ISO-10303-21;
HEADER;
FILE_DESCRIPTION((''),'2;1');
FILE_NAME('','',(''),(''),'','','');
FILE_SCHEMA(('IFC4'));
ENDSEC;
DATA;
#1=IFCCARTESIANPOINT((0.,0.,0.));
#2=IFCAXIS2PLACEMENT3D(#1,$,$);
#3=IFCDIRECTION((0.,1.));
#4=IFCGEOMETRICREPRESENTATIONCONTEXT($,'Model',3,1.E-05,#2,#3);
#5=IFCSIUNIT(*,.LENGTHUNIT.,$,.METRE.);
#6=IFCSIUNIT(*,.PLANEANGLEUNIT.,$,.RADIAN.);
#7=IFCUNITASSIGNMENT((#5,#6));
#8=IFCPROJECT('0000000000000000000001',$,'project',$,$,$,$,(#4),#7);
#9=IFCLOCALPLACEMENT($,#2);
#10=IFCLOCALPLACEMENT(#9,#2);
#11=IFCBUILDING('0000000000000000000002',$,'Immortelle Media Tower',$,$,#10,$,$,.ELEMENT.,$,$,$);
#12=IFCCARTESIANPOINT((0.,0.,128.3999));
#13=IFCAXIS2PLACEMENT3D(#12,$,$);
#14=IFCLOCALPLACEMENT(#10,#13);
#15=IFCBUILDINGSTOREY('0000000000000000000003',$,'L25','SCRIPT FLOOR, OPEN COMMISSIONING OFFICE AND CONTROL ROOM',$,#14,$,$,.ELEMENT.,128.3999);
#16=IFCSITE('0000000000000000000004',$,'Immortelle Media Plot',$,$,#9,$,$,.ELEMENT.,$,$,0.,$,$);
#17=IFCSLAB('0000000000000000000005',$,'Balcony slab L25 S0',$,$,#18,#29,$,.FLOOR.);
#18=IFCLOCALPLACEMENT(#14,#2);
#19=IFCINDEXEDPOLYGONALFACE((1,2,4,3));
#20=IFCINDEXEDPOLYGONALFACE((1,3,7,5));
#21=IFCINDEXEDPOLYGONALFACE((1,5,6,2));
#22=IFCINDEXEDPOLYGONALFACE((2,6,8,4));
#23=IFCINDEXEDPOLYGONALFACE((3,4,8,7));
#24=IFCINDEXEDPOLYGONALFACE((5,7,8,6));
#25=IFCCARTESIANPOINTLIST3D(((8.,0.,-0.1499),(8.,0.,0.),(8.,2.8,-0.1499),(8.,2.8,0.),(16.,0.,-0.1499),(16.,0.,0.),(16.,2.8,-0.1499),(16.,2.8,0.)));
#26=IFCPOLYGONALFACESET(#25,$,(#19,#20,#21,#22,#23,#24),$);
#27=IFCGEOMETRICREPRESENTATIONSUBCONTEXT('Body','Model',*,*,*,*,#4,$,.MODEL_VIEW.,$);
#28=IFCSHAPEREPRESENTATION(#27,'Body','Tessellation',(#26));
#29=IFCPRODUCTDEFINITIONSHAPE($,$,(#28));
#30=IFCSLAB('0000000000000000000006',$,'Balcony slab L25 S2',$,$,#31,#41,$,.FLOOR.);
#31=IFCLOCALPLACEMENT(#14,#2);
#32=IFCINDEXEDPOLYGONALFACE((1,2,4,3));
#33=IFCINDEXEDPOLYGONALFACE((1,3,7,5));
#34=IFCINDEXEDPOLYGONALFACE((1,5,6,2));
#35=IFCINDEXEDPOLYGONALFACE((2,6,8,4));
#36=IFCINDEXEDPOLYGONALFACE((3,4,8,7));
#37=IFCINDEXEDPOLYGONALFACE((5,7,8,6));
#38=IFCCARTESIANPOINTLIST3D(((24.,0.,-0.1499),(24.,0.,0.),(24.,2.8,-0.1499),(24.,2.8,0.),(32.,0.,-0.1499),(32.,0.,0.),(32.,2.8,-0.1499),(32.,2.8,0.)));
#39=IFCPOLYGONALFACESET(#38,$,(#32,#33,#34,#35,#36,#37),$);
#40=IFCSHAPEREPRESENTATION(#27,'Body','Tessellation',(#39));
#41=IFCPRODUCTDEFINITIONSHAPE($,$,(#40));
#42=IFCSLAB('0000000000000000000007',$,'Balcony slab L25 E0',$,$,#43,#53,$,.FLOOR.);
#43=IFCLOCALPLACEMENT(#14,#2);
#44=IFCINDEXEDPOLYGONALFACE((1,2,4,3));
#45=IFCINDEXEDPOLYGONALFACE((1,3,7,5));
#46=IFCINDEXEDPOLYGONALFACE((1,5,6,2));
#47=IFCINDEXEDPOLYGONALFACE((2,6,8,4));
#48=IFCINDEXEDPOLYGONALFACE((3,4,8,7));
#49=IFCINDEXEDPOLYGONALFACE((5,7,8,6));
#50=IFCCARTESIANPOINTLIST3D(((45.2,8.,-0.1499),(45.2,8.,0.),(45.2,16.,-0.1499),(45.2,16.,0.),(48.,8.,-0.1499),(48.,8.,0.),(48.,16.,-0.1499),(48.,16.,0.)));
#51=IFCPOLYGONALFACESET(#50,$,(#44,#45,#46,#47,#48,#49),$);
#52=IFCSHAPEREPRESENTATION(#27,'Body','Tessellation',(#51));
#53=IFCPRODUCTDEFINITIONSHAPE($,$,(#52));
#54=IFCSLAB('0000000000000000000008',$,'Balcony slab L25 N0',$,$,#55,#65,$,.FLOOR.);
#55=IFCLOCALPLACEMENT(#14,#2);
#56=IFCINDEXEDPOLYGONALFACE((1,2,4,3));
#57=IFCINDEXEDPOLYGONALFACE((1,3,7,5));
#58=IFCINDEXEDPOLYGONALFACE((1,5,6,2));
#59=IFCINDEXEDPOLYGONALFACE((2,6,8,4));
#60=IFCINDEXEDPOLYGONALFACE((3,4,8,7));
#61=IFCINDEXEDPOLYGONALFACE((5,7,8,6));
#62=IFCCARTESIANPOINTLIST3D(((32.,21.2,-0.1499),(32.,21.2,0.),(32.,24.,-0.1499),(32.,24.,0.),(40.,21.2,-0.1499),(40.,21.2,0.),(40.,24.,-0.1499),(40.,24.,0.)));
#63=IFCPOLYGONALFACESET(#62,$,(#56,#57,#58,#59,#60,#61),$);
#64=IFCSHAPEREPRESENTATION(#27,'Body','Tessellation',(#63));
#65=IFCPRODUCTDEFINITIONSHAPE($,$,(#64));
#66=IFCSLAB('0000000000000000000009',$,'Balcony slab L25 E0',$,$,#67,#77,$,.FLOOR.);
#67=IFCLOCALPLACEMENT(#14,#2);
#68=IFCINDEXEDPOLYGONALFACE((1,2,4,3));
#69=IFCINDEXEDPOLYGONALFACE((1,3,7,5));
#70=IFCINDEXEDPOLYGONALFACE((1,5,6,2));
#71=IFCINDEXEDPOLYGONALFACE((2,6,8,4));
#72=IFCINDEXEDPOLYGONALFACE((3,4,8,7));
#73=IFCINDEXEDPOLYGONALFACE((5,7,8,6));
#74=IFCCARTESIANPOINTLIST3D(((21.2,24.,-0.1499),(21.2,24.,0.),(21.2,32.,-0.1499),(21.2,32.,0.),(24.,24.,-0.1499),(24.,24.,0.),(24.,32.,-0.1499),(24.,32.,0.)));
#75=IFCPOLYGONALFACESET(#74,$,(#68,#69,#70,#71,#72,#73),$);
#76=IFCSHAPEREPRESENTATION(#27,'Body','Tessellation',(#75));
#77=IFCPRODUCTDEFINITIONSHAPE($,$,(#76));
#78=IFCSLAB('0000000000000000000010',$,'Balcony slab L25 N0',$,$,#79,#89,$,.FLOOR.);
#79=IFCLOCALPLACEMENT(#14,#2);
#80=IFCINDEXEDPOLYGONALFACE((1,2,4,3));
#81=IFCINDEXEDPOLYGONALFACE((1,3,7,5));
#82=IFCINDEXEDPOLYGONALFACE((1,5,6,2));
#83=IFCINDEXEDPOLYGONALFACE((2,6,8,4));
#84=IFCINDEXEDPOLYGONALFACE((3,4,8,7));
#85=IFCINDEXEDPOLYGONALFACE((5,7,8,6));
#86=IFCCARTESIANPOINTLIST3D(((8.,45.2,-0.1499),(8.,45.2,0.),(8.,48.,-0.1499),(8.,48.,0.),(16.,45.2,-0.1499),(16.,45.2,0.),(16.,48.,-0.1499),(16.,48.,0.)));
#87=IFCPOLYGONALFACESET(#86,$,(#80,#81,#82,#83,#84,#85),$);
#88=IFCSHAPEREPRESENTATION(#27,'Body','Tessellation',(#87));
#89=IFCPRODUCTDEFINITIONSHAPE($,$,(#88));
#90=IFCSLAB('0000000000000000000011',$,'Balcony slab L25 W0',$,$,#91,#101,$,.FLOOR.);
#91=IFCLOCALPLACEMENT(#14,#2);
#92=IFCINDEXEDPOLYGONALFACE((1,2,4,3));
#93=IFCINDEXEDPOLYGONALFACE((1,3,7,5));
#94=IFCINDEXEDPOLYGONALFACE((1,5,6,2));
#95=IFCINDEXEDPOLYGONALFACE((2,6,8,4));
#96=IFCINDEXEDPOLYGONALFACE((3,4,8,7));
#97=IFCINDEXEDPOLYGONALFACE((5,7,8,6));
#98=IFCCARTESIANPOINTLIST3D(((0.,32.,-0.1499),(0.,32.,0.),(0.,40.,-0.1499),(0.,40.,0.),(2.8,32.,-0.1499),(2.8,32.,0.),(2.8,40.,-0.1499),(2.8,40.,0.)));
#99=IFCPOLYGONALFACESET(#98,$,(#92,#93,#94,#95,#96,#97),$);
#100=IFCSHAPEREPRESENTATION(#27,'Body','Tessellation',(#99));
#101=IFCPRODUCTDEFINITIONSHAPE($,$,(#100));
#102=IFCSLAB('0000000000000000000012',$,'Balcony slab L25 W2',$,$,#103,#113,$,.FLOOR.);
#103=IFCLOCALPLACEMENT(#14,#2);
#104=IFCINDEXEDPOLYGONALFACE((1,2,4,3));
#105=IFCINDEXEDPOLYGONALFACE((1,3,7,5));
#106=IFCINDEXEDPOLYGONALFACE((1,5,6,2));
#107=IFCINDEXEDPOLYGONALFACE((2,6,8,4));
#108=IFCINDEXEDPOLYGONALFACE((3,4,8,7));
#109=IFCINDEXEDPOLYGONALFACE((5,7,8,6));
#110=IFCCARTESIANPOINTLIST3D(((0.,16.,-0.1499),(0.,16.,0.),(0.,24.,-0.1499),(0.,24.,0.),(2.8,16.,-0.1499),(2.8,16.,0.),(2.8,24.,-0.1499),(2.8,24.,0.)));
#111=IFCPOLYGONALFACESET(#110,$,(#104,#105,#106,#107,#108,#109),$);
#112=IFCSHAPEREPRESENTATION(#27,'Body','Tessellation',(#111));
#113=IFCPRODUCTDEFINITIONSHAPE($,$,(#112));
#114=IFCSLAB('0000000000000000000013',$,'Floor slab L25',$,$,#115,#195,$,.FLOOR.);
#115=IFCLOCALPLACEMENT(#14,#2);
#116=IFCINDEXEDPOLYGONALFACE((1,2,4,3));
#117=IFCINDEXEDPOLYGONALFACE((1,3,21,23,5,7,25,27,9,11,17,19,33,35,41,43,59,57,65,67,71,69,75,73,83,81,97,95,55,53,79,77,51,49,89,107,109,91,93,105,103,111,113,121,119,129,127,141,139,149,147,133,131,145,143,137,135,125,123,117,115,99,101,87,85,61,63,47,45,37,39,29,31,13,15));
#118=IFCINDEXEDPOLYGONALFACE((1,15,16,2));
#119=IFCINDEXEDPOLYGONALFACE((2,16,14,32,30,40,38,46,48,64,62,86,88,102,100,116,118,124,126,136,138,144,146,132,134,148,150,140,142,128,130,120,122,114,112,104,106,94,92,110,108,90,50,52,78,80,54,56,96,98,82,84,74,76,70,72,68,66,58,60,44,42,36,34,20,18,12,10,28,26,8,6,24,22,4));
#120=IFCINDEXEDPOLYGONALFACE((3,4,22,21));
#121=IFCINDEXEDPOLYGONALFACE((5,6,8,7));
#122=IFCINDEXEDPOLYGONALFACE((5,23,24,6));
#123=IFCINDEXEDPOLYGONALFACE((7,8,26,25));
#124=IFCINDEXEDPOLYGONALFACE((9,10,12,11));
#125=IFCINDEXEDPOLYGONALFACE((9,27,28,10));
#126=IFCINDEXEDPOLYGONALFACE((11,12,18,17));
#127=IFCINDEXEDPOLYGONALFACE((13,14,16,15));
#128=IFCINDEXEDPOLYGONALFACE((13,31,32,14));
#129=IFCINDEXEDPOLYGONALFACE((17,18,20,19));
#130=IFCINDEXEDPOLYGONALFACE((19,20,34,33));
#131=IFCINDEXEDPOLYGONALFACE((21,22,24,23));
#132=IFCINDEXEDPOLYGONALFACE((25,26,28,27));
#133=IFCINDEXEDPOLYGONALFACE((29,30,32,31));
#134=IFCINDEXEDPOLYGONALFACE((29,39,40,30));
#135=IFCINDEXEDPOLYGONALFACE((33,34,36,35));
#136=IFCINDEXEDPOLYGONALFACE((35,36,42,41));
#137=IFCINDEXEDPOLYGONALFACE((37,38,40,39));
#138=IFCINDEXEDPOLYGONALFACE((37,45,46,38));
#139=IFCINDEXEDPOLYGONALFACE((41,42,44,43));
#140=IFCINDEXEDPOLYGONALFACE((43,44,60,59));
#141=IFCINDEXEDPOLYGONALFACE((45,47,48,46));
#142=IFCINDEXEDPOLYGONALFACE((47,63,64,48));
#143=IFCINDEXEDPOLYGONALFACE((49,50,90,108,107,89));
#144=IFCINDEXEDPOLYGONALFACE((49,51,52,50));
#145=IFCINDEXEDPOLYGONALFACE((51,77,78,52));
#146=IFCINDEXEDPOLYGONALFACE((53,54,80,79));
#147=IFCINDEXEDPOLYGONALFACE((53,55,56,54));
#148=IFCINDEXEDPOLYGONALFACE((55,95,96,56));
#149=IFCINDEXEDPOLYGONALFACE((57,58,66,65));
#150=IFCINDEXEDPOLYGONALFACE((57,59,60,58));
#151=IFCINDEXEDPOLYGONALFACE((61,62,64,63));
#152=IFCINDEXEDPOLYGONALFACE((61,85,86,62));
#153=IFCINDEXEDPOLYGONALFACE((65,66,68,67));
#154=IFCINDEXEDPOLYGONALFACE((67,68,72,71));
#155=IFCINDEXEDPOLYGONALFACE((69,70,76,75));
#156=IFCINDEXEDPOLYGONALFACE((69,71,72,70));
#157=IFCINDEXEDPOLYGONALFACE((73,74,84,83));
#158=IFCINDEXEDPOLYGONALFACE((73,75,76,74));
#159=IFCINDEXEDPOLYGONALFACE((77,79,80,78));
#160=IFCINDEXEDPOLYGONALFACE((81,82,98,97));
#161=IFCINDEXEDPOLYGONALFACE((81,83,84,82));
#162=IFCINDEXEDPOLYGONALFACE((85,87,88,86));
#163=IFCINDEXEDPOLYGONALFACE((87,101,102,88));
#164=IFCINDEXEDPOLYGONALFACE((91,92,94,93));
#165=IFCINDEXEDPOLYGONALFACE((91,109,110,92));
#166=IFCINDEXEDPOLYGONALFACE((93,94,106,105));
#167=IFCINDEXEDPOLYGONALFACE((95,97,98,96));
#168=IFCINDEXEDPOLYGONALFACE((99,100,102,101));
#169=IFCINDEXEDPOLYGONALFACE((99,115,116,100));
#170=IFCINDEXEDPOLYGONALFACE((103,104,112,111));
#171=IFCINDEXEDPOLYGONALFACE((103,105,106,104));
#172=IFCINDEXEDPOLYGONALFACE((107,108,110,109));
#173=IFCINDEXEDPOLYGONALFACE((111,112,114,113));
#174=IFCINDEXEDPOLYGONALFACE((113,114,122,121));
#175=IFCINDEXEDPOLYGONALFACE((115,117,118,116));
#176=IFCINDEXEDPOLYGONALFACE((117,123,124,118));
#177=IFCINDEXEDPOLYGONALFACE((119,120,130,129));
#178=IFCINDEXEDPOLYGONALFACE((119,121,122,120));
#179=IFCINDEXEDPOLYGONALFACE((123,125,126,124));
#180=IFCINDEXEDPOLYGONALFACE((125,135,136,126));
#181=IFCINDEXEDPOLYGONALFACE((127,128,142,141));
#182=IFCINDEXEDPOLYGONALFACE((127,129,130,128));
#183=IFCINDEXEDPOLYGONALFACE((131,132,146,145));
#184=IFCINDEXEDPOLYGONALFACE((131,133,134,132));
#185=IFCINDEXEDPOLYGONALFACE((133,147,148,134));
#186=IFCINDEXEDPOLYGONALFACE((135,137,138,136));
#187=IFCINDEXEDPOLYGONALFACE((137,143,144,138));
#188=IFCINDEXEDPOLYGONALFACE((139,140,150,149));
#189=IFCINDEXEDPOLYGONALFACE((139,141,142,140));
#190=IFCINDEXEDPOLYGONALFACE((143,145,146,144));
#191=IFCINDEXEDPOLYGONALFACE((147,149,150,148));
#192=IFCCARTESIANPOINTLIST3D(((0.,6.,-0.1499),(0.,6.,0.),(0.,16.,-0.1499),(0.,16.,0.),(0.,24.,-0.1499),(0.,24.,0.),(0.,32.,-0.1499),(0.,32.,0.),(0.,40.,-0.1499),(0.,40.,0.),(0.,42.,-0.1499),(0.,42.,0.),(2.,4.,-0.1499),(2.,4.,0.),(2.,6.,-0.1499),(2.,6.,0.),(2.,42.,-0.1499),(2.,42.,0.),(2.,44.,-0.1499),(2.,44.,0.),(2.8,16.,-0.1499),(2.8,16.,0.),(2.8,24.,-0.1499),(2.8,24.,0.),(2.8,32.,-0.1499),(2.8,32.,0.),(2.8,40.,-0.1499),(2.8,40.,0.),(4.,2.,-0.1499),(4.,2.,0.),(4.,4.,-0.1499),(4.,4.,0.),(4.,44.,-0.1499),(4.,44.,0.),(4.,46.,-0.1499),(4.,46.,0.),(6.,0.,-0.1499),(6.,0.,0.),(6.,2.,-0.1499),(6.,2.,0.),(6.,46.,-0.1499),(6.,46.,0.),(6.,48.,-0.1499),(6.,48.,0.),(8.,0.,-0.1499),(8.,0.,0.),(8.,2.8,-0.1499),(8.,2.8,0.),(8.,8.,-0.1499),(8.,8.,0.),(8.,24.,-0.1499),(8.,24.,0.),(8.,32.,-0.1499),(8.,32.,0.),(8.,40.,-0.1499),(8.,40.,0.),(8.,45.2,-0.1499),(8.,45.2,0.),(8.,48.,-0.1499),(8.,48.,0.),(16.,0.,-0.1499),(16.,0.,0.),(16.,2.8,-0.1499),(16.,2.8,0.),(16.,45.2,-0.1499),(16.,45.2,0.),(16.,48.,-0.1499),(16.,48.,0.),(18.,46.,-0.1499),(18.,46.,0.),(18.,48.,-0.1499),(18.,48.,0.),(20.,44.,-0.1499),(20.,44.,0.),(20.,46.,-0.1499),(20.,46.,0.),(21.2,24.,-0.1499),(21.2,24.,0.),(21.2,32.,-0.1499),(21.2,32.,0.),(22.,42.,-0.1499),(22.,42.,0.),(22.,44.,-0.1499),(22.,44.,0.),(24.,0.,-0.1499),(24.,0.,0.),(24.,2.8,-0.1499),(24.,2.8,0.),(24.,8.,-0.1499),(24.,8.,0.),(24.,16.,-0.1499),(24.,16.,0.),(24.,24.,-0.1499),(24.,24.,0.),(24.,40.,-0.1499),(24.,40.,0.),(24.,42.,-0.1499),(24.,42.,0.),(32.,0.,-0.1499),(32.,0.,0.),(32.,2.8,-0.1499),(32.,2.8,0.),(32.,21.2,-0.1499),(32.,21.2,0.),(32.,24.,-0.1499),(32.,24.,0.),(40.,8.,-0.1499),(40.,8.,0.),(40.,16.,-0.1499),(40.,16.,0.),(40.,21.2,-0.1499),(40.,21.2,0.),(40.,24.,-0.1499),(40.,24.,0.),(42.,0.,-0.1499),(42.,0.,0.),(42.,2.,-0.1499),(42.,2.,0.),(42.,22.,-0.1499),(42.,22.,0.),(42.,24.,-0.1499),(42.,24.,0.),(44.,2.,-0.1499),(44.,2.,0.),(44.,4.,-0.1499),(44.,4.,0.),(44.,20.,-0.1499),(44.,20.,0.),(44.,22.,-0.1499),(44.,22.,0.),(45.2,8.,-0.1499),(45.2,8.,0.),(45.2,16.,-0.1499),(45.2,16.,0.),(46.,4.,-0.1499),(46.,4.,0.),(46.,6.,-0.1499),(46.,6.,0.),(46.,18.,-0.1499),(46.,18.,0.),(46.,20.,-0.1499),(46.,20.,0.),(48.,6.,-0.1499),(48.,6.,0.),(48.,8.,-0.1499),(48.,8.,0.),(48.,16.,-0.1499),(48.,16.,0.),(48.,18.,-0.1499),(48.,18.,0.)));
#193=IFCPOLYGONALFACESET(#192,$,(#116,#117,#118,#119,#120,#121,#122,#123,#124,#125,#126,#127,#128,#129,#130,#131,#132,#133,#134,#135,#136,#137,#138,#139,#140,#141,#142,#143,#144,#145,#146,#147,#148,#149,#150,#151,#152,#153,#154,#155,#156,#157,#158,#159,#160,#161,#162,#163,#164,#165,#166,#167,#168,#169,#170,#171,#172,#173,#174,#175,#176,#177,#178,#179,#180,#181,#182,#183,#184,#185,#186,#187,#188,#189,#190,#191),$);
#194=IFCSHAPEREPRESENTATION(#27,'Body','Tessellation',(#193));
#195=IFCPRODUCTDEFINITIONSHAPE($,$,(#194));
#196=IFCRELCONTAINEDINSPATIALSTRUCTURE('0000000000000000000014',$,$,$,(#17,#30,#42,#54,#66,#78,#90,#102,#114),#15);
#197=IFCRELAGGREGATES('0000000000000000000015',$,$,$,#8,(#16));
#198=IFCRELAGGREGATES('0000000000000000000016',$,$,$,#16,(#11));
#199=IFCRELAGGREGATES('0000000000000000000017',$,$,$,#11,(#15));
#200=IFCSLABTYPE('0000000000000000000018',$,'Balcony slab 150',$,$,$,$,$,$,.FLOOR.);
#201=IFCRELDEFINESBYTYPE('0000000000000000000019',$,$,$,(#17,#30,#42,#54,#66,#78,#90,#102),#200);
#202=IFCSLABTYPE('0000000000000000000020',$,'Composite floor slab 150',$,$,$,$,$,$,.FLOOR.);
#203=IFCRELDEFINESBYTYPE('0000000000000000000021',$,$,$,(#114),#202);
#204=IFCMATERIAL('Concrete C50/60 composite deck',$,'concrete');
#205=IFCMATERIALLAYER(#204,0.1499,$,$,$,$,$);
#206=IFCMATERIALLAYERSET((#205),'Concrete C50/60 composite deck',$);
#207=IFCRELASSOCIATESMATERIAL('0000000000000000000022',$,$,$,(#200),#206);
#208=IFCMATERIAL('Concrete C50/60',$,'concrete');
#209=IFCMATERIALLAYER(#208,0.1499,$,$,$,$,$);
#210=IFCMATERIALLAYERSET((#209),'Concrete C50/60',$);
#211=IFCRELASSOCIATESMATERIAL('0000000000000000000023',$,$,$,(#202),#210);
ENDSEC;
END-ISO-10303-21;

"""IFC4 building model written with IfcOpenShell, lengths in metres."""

from ifc_helpers import new_model, si_unit, direction, frame, origin, place, context, subcontext, project, spatial, polyline, outline, extrude, material, layer, layer_set, type_object, element, save


model = new_model("IFC4")

# Units and contexts
model_context = context("Model", 3, precision=1e-05, world=origin(), true_north=direction((0.0, 1.0)))
body_context = subcontext(model_context, "Body", "Model", "MODEL_VIEW")
ifc_project = project(units=[si_unit("LENGTHUNIT", "METRE"), si_unit("PLANEANGLEUNIT", "RADIAN")], contexts=[model_context])

# Site, building, storey
site_placement = place(None, origin())
site = spatial("IfcSite", under=ifc_project, at=site_placement, Name="Immortelle Media Plot", CompositionType="ELEMENT", RefElevation=0.0)
building_placement = place(site_placement, origin())
building = spatial("IfcBuilding", under=site, at=building_placement, Name="Immortelle Media Tower", CompositionType="ELEMENT")
storey_placement = place(building_placement, frame((0.0, 0.0, 128.3999)))
storey = spatial("IfcBuildingStorey", under=building, at=storey_placement, Name="L25", Description="SCRIPT FLOOR, OPEN COMMISSIONING OFFICE AND CONTROL ROOM", CompositionType="ELEMENT", Elevation=128.3999)

# Slabs
ifc_material_1 = material(Name="Concrete C50/60 composite deck", Category="concrete")
ifc_layer_1 = layer(ifc_material_1, 0.1499)
ifc_layer_set_1 = layer_set([ifc_layer_1], Name="Concrete C50/60 composite deck")
slab_type_1 = type_object("IfcSlabType", Name="Balcony slab 150", PredefinedType="FLOOR", material=ifc_layer_set_1)
slab_1_placement = place(storey_placement, frame((0.0, 0.0, -0.1499)))
element("IfcSlab", 1, at=slab_1_placement, inside=storey, type_object=slab_type_1, Name="Balcony slab L25 S0", PredefinedType="FLOOR", context=body_context, shape_type="SweptSolid", body=[
    extrude(outline(polyline([(16.0, 0.0), (16.0, 2.8), (8.0, 2.8), (8.0, 0.0), (16.0, 0.0)])), origin(), (0.0, 0.0, 1.0), 0.1499),
])
slab_2_placement = place(storey_placement, frame((0.0, 0.0, -0.1499)))
element("IfcSlab", 2, at=slab_2_placement, inside=storey, type_object=slab_type_1, Name="Balcony slab L25 S2", PredefinedType="FLOOR", context=body_context, shape_type="SweptSolid", body=[
    extrude(outline(polyline([(32.0, 0.0), (32.0, 2.8), (24.0, 2.8), (24.0, 0.0), (32.0, 0.0)])), origin(), (0.0, 0.0, 1.0), 0.1499),
])
slab_3_placement = place(storey_placement, frame((0.0, 0.0, -0.1499)))
element("IfcSlab", 3, at=slab_3_placement, inside=storey, type_object=slab_type_1, Name="Balcony slab L25 E0", PredefinedType="FLOOR", context=body_context, shape_type="SweptSolid", body=[
    extrude(outline(polyline([(48.0, 8.0), (48.0, 16.0), (45.2, 16.0), (45.2, 8.0), (48.0, 8.0)])), origin(), (0.0, 0.0, 1.0), 0.1499),
])
slab_4_placement = place(storey_placement, frame((0.0, 0.0, -0.1499)))
element("IfcSlab", 4, at=slab_4_placement, inside=storey, type_object=slab_type_1, Name="Balcony slab L25 N0", PredefinedType="FLOOR", context=body_context, shape_type="SweptSolid", body=[
    extrude(outline(polyline([(40.0, 21.2), (40.0, 24.0), (32.0, 24.0), (32.0, 21.2), (40.0, 21.2)])), origin(), (0.0, 0.0, 1.0), 0.1499),
])
slab_5_placement = place(storey_placement, frame((0.0, 0.0, -0.1499)))
element("IfcSlab", 5, at=slab_5_placement, inside=storey, type_object=slab_type_1, Name="Balcony slab L25 E0", PredefinedType="FLOOR", context=body_context, shape_type="SweptSolid", body=[
    extrude(outline(polyline([(24.0, 24.0), (24.0, 32.0), (21.2, 32.0), (21.2, 24.0), (24.0, 24.0)])), origin(), (0.0, 0.0, 1.0), 0.1499),
])
slab_6_placement = place(storey_placement, frame((0.0, 0.0, -0.1499)))
element("IfcSlab", 6, at=slab_6_placement, inside=storey, type_object=slab_type_1, Name="Balcony slab L25 N0", PredefinedType="FLOOR", context=body_context, shape_type="SweptSolid", body=[
    extrude(outline(polyline([(16.0, 45.2), (16.0, 48.0), (8.0, 48.0), (8.0, 45.2), (16.0, 45.2)])), origin(), (0.0, 0.0, 1.0), 0.1499),
])
slab_7_placement = place(storey_placement, frame((0.0, 0.0, -0.1499)))
element("IfcSlab", 7, at=slab_7_placement, inside=storey, type_object=slab_type_1, Name="Balcony slab L25 W0", PredefinedType="FLOOR", context=body_context, shape_type="SweptSolid", body=[
    extrude(outline(polyline([(2.8, 32.0), (2.8, 40.0), (0.0, 40.0), (0.0, 32.0), (2.8, 32.0)])), origin(), (0.0, 0.0, 1.0), 0.1499),
])
slab_8_placement = place(storey_placement, frame((0.0, 0.0, -0.1499)))
element("IfcSlab", 8, at=slab_8_placement, inside=storey, type_object=slab_type_1, Name="Balcony slab L25 W2", PredefinedType="FLOOR", context=body_context, shape_type="SweptSolid", body=[
    extrude(outline(polyline([(2.8, 16.0), (2.8, 24.0), (0.0, 24.0), (0.0, 16.0), (2.8, 16.0)])), origin(), (0.0, 0.0, 1.0), 0.1499),
])
ifc_material_2 = material(Name="Concrete C50/60", Category="concrete")
ifc_layer_2 = layer(ifc_material_2, 0.1499)
ifc_layer_set_2 = layer_set([ifc_layer_2], Name="Concrete C50/60")
slab_type_2 = type_object("IfcSlabType", Name="Composite floor slab 150", PredefinedType="FLOOR", material=ifc_layer_set_2)
slab_9_placement = place(storey_placement, frame((0.0, 0.0, -0.1499)))
element("IfcSlab", 9, at=slab_9_placement, inside=storey, type_object=slab_type_2, Name="Floor slab L25", PredefinedType="FLOOR", context=body_context, shape_type="SweptSolid", body=[
    extrude(outline(polyline([(6.0, 0.0), (6.0, 2.0), (4.0, 2.0), (4.0, 4.0), (2.0, 4.0), (2.0, 6.0), (0.0, 6.0), (0.0, 16.0), (2.8, 16.0), (2.8, 24.0), (0.0, 24.0), (0.0, 32.0), (2.8, 32.0), (2.8, 40.0), (0.0, 40.0), (0.0, 42.0), (2.0, 42.0), (2.0, 44.0), (4.0, 44.0), (4.0, 46.0), (6.0, 46.0), (6.0, 48.0), (8.0, 48.0), (8.0, 45.2), (16.0, 45.2), (16.0, 48.0), (18.0, 48.0), (18.0, 46.0), (20.0, 46.0), (20.0, 44.0), (22.0, 44.0), (22.0, 42.0), (24.0, 42.0), (24.0, 40.0), (8.0, 40.0), (8.0, 32.0), (21.2, 32.0), (21.2, 24.0), (8.0, 24.0), (8.0, 8.0), (24.0, 8.0), (40.0, 8.0), (40.0, 16.0), (24.0, 16.0), (24.0, 24.0), (32.0, 24.0), (32.0, 21.2), (40.0, 21.2), (40.0, 24.0), (42.0, 24.0), (42.0, 22.0), (44.0, 22.0), (44.0, 20.0), (46.0, 20.0), (46.0, 18.0), (48.0, 18.0), (48.0, 16.0), (45.2, 16.0), (45.2, 8.0), (48.0, 8.0), (48.0, 6.0), (46.0, 6.0), (46.0, 4.0), (44.0, 4.0), (44.0, 2.0), (42.0, 2.0), (42.0, 0.0), (32.0, 0.0), (32.0, 2.8), (24.0, 2.8), (24.0, 0.0), (16.0, 0.0), (16.0, 2.8), (8.0, 2.8), (8.0, 0.0), (6.0, 0.0)])), origin(), (0.0, 0.0, 1.0), 0.1499),
])

save(model, "model.ifc")
